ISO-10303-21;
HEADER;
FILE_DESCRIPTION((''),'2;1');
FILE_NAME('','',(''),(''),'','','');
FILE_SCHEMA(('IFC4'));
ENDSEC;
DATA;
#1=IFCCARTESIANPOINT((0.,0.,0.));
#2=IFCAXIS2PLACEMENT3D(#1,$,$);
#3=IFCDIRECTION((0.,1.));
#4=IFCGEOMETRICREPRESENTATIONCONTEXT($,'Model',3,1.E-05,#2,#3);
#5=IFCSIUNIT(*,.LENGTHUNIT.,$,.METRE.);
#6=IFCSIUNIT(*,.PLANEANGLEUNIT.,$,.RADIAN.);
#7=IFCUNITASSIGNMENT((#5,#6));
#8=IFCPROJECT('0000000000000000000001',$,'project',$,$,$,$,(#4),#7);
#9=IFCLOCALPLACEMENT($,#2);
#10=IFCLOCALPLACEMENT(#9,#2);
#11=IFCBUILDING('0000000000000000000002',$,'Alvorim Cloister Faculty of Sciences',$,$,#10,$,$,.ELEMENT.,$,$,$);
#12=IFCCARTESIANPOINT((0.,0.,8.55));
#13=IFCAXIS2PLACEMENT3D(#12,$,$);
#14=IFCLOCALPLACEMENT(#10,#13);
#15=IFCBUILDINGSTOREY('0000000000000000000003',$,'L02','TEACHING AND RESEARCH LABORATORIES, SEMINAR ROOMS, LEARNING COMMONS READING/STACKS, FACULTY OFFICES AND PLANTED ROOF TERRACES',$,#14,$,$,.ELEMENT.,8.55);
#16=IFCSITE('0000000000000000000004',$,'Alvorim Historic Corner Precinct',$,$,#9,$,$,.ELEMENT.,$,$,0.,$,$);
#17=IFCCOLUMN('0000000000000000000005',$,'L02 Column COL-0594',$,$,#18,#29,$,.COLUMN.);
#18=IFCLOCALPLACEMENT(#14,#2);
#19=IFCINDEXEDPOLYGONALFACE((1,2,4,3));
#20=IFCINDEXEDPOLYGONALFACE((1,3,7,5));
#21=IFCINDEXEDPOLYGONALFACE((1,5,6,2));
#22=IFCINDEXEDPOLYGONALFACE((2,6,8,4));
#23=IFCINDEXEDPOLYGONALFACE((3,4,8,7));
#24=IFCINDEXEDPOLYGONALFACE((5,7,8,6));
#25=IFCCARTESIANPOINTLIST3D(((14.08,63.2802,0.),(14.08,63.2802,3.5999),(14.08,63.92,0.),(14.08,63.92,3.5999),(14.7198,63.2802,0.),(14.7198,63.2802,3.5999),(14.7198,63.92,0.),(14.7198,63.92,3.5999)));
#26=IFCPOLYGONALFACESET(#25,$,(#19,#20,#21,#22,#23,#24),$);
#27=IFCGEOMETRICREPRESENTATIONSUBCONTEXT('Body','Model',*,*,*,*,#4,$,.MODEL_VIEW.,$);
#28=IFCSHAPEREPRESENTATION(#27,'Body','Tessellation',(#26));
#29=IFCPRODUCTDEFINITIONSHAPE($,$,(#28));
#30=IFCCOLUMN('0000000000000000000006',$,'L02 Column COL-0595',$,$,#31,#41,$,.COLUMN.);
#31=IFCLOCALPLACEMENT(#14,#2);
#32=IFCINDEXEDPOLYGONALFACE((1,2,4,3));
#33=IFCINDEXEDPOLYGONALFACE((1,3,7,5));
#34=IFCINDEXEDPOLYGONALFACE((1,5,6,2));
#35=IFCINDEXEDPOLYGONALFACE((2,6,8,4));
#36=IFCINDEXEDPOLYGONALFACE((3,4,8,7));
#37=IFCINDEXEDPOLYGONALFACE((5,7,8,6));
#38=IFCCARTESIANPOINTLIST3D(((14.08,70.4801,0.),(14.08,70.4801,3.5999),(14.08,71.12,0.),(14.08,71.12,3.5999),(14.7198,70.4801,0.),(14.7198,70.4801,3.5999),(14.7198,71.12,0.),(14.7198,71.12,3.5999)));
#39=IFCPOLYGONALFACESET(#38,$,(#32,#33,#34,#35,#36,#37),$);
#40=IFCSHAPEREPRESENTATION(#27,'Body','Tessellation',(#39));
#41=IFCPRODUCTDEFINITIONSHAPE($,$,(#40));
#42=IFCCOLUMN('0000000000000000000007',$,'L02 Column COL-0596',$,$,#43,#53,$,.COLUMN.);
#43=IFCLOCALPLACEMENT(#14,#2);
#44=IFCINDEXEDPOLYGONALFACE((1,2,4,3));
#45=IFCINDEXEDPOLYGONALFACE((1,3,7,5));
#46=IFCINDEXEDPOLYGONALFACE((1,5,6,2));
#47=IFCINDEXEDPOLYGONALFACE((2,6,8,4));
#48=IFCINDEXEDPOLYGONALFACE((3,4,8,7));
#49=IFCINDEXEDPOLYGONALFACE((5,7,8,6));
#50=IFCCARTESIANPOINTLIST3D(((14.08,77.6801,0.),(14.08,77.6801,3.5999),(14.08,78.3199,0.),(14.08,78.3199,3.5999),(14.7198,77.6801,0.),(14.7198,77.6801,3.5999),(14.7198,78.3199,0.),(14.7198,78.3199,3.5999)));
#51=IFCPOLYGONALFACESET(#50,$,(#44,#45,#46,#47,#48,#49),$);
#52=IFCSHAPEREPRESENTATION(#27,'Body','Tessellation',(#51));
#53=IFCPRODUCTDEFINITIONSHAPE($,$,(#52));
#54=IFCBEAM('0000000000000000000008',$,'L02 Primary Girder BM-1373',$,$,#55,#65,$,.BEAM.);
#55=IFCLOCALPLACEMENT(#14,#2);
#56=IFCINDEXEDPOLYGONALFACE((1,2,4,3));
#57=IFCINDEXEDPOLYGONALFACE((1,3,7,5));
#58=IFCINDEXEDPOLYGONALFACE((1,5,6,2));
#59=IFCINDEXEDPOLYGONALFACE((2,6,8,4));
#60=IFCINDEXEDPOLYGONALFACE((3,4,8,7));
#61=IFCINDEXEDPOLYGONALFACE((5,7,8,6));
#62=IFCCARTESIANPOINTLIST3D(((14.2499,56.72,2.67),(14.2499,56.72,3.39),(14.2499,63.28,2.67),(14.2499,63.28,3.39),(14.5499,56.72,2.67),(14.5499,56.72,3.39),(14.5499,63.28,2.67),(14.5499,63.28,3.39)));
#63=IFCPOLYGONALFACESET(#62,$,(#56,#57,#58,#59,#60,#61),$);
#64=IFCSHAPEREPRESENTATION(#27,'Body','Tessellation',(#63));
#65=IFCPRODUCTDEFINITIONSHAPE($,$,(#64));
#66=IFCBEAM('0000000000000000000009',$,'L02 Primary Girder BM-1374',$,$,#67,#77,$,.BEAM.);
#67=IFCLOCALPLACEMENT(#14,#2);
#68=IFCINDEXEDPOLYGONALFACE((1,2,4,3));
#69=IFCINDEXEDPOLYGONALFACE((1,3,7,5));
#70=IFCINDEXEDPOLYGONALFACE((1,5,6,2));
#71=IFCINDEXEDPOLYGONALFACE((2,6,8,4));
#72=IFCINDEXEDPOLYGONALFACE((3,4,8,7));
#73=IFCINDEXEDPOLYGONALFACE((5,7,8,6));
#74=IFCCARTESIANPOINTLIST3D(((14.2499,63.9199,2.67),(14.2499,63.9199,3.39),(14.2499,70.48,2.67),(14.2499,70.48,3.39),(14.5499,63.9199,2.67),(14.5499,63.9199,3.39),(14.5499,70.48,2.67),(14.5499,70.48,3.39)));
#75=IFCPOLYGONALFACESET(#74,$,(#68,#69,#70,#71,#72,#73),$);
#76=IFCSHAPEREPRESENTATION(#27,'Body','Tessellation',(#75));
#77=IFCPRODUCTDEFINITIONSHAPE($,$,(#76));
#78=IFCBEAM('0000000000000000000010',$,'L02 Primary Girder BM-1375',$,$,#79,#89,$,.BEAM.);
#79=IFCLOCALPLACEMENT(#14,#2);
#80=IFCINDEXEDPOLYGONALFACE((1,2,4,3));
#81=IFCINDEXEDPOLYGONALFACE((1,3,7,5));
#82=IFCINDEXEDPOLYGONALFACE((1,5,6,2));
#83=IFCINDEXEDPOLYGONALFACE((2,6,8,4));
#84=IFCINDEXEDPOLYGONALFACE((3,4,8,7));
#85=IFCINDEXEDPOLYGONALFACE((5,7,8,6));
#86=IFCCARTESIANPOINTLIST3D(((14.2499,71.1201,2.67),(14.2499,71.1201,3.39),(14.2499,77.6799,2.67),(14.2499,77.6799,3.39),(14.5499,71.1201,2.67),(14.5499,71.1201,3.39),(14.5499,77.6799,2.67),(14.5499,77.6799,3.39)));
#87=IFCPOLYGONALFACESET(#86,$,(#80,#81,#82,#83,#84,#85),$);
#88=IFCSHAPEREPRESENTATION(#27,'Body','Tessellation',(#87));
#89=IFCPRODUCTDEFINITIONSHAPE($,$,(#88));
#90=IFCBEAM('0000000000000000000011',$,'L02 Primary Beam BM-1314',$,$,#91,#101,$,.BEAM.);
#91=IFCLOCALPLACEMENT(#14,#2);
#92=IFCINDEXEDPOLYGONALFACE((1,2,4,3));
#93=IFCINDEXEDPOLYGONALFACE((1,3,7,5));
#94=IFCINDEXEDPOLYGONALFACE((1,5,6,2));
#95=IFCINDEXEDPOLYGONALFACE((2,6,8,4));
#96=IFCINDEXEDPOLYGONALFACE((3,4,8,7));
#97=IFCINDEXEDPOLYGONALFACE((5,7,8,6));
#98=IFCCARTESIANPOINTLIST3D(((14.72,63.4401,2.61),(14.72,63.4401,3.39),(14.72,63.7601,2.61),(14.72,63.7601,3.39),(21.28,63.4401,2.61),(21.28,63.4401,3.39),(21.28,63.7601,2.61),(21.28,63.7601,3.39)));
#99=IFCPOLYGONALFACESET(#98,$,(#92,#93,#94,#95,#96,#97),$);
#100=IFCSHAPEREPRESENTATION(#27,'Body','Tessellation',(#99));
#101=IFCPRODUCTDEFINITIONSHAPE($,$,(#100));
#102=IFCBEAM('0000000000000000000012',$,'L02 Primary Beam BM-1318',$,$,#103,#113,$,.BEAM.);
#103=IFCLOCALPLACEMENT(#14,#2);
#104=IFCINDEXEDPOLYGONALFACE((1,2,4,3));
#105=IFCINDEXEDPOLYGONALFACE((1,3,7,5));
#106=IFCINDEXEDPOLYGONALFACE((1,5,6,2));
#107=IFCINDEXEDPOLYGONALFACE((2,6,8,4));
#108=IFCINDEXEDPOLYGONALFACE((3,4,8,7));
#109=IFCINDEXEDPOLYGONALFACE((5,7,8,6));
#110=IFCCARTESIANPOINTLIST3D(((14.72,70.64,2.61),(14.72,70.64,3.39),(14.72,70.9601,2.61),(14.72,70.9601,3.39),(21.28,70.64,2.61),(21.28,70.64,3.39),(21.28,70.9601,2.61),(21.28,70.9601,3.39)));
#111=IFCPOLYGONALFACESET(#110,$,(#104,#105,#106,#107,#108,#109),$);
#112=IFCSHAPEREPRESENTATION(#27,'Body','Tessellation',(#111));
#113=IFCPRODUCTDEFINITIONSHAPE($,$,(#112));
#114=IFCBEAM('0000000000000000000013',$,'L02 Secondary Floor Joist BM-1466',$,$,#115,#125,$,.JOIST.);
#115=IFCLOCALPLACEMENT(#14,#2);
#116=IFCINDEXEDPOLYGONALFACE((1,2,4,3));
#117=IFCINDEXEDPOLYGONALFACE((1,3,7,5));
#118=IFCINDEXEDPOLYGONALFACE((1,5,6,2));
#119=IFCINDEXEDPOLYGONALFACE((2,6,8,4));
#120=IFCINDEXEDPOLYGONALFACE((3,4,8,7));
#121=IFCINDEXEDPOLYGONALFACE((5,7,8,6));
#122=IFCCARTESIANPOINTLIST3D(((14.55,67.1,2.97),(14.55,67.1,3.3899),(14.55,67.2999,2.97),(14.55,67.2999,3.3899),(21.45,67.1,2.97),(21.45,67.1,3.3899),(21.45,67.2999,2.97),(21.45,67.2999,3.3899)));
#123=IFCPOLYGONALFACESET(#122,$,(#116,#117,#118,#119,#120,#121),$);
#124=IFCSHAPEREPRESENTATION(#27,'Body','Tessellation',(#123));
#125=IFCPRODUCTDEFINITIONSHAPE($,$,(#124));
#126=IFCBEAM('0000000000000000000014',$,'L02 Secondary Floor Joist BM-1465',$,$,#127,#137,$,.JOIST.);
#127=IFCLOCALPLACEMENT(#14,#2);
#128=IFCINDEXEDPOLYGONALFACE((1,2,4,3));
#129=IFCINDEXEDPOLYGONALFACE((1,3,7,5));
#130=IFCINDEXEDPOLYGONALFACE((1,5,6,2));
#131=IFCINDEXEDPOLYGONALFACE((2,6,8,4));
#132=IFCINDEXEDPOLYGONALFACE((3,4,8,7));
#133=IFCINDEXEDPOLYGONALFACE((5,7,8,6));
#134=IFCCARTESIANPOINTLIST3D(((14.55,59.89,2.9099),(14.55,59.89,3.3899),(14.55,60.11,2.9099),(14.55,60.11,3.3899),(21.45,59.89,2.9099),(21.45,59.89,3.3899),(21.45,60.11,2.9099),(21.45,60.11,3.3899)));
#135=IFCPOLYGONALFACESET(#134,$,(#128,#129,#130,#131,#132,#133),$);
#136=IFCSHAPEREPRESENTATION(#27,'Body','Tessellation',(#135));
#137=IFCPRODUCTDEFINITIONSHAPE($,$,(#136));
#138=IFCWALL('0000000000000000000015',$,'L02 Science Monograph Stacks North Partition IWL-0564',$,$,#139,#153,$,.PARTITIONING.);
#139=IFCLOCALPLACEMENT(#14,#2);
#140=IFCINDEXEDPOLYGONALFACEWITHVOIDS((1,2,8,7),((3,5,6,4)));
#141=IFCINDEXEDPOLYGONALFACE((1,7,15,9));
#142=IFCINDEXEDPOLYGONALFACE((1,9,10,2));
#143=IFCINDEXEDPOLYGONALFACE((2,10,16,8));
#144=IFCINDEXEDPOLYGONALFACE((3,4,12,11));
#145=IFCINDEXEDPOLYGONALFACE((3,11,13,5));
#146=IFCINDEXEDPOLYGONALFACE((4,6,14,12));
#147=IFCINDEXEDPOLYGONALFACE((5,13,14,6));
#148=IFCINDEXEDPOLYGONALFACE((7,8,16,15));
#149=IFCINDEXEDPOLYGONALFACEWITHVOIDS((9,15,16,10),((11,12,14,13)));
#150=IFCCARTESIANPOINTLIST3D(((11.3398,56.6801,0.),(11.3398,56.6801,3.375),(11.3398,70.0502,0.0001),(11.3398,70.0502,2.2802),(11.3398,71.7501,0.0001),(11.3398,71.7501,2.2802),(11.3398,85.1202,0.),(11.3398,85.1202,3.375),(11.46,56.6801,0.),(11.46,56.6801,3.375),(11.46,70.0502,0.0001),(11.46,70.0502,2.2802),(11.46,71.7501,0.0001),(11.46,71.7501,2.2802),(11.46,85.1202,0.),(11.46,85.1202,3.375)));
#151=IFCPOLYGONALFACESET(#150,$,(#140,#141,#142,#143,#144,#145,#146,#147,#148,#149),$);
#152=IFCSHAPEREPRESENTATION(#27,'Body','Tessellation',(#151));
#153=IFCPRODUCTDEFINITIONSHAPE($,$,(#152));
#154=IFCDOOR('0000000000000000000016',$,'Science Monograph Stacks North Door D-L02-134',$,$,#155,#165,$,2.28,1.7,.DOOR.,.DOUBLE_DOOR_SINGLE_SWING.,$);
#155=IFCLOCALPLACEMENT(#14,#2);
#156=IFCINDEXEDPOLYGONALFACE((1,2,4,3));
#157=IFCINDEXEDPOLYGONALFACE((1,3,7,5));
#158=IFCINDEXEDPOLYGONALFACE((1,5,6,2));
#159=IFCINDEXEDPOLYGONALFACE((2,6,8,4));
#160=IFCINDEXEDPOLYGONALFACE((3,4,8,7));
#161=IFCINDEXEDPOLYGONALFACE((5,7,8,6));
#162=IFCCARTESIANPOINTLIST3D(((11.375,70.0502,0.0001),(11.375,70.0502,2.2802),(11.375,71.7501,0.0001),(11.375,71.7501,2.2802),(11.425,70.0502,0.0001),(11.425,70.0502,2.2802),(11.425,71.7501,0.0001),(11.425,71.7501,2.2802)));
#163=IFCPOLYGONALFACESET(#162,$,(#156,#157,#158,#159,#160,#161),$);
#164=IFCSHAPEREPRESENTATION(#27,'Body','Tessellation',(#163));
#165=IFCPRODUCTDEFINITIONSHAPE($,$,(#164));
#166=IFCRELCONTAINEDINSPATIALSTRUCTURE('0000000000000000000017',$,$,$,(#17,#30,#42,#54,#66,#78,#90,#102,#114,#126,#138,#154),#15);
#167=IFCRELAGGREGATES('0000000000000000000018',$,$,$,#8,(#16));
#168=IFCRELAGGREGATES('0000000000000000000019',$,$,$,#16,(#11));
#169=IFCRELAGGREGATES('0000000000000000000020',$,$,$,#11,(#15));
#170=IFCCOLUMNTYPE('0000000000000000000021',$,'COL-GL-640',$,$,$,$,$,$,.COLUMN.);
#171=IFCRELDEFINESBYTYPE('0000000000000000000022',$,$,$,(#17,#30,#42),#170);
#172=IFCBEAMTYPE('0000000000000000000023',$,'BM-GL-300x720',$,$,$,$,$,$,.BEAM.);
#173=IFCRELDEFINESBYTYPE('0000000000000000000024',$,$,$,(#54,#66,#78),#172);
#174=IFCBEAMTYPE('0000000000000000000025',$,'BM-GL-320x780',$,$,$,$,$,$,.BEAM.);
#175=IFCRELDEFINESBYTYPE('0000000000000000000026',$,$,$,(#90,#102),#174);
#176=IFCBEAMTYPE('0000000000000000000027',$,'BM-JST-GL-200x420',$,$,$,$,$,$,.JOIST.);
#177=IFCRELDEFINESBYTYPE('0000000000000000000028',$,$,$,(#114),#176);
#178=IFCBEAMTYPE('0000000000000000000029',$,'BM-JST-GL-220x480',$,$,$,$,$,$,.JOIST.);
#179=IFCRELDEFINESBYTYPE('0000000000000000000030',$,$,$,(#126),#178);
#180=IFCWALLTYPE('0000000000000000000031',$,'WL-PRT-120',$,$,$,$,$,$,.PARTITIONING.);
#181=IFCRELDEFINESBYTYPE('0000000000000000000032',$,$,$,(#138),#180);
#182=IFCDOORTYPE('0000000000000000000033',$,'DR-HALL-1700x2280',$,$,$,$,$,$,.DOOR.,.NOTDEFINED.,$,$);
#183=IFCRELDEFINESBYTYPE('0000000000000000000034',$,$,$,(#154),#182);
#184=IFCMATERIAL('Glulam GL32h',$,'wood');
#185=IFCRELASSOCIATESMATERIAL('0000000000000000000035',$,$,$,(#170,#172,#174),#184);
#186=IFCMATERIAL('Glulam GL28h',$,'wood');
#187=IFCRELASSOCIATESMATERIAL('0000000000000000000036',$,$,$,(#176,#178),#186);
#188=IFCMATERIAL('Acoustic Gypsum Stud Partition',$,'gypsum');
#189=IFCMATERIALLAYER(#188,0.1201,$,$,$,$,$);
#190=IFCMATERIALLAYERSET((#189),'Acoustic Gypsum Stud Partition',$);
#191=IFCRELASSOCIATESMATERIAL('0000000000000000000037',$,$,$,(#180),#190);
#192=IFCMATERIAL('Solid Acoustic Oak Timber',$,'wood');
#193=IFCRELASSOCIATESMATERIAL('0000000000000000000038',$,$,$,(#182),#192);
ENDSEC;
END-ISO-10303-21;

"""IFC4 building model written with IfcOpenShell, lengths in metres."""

from ifc_helpers import new_model, si_unit, direction, frame, frame_2d, origin, origin_2d, place, context, subcontext, project, spatial, rectangle, extrude, material, layer, layer_set, material_profile, profile_set, type_object, element, fill, save


model = new_model("IFC4")

# Units and contexts
model_context = context("Model", 3, precision=1e-05, world=origin(), true_north=direction((0.0, 1.0)))
body_context = subcontext(model_context, "Body", "Model", "MODEL_VIEW")
ifc_project = project(units=[si_unit("LENGTHUNIT", "METRE"), si_unit("PLANEANGLEUNIT", "RADIAN")], contexts=[model_context])

# Site, building, storey
site_placement = place(None, origin())
site = spatial("IfcSite", under=ifc_project, at=site_placement, Name="Alvorim Historic Corner Precinct", CompositionType="ELEMENT", RefElevation=0.0)
building_placement = place(site_placement, origin())
building = spatial("IfcBuilding", under=site, at=building_placement, Name="Alvorim Cloister Faculty of Sciences", CompositionType="ELEMENT")
storey_placement = place(building_placement, frame((0.0, 0.0, 8.55)))
storey = spatial("IfcBuildingStorey", under=building, at=storey_placement, Name="L02", Description="TEACHING AND RESEARCH LABORATORIES, SEMINAR ROOMS, LEARNING COMMONS READING/STACKS, FACULTY OFFICES AND PLANTED ROOF TERRACES", CompositionType="ELEMENT", Elevation=8.55)

# Columns
ifc_material_1 = material(Name="Glulam GL32h", Category="wood")
ifc_material_profile_1 = material_profile(ifc_material_1, rectangle(XDim=0.6399, YDim=0.6399, at=origin_2d()), Name="GL32-COL-640x640")
ifc_profile_set_1 = profile_set([ifc_material_profile_1], Name="Glulam GL32h")
column_type = type_object("IfcColumnType", Name="COL-GL-640", PredefinedType="COLUMN", material=ifc_profile_set_1)
for number, where, z_axis, x_axis, name in (
    (1, (14.3999, 63.6001, 0.0), (0.0, 0.0, 1.0), (1.0, 0.0, 0.0), "L02 Column COL-0594"),
    (2, (14.3999, 70.8, 0.0), (0.0, 0.0, 1.0), (1.0, 0.0, 0.0), "L02 Column COL-0595"),
    (3, (14.3999, 78.0, 0.0), (0.0, 0.0, 1.0), (1.0, 0.0, 0.0), "L02 Column COL-0596"),
):
    element("IfcColumn", number, at=place(storey_placement, frame(where, z_axis=z_axis, x_axis=x_axis)), inside=storey, type_object=column_type, Name=name, PredefinedType="COLUMN", context=body_context, shape_type="SweptSolid", body=[
        extrude(rectangle(XDim=0.6399, YDim=0.6399, at=origin_2d()), origin(), (0.0, 0.0, 1.0), 3.5999),
    ])

# Beams
ifc_material_profile_2 = material_profile(ifc_material_1, rectangle(XDim=0.3, YDim=0.72, at=origin_2d()), Name="GL32-BM-300x720")
ifc_profile_set_2 = profile_set([ifc_material_profile_2], Name="Glulam GL32h")
beam_type_1 = type_object("IfcBeamType", Name="BM-GL-300x720", PredefinedType="BEAM", material=ifc_profile_set_2)
for number, where, z_axis, x_axis, name in (
    (4, (14.3999, 56.72, 3.03), (0.0, 1.0, 0.0), (-1.0, 0.0, 0.0), "L02 Primary Girder BM-1373"),
    (5, (14.3999, 63.9199, 3.03), (0.0, 1.0, 0.0), (-1.0, 0.0, 0.0), "L02 Primary Girder BM-1374"),
):
    element("IfcBeam", number, at=place(storey_placement, frame(where, z_axis=z_axis, x_axis=x_axis)), inside=storey, type_object=beam_type_1, Name=name, PredefinedType="BEAM", context=body_context, shape_type="SweptSolid", body=[
        extrude(rectangle(XDim=0.3, YDim=0.72, at=origin_2d()), origin(), (0.0, 0.0, 1.0), 6.5601),
    ])
beam_1_placement = place(storey_placement, frame((14.3999, 71.1201, 3.03), z_axis=(0.0, 1.0, 0.0), x_axis=(-1.0, 0.0, 0.0)))
element("IfcBeam", 6, at=beam_1_placement, inside=storey, type_object=beam_type_1, Name="L02 Primary Girder BM-1375", PredefinedType="BEAM", context=body_context, shape_type="SweptSolid", body=[
    extrude(rectangle(XDim=0.3, YDim=0.72, at=origin_2d()), origin(), (0.0, 0.0, 1.0), 6.5598),
])
ifc_material_profile_3 = material_profile(ifc_material_1, rectangle(XDim=0.3201, YDim=0.78, at=origin_2d()), Name="GL32-BM-320x780")
ifc_profile_set_3 = profile_set([ifc_material_profile_3], Name="Glulam GL32h")
beam_type_2 = type_object("IfcBeamType", Name="BM-GL-320x780", PredefinedType="BEAM", material=ifc_profile_set_3)
for number, where, z_axis, x_axis, name in (
    (7, (14.72, 63.6001, 3.0), (1.0, 0.0, 0.0), (0.0, 1.0, 0.0), "L02 Primary Beam BM-1314"),
    (8, (14.72, 70.8, 3.0), (1.0, 0.0, 0.0), (0.0, 1.0, 0.0), "L02 Primary Beam BM-1318"),
):
    element("IfcBeam", number, at=place(storey_placement, frame(where, z_axis=z_axis, x_axis=x_axis)), inside=storey, type_object=beam_type_2, Name=name, PredefinedType="BEAM", context=body_context, shape_type="SweptSolid", body=[
        extrude(rectangle(XDim=0.3201, YDim=0.78, at=origin_2d()), origin(), (0.0, 0.0, 1.0), 6.5601),
    ])
ifc_material_2 = material(Name="Glulam GL28h", Category="wood")
ifc_material_profile_4 = material_profile(ifc_material_2, rectangle(XDim=0.2, YDim=0.4199, at=origin_2d()), Name="GL28-JST-200x420")
ifc_profile_set_4 = profile_set([ifc_material_profile_4], Name="Glulam GL28h")
beam_type_3 = type_object("IfcBeamType", Name="BM-JST-GL-200x420", PredefinedType="JOIST", material=ifc_profile_set_4)
beam_2_placement = place(storey_placement, frame((14.55, 67.2, 3.1799), z_axis=(1.0, 0.0, 0.0), x_axis=(0.0, 1.0, 0.0)))
element("IfcBeam", 9, at=beam_2_placement, inside=storey, type_object=beam_type_3, Name="L02 Secondary Floor Joist BM-1466", PredefinedType="JOIST", context=body_context, shape_type="SweptSolid", body=[
    extrude(rectangle(XDim=0.2, YDim=0.4199, at=origin_2d()), origin(), (0.0, 0.0, 1.0), 6.8999),
])
ifc_material_profile_5 = material_profile(ifc_material_2, rectangle(XDim=0.22, YDim=0.48, at=origin_2d()), Name="GL28-JST-220x480")
ifc_profile_set_5 = profile_set([ifc_material_profile_5], Name="Glulam GL28h")
beam_type_4 = type_object("IfcBeamType", Name="BM-JST-GL-220x480", PredefinedType="JOIST", material=ifc_profile_set_5)
beam_3_placement = place(storey_placement, frame((14.55, 60.0, 3.1499), z_axis=(1.0, 0.0, 0.0), x_axis=(0.0, 1.0, 0.0)))
element("IfcBeam", 10, at=beam_3_placement, inside=storey, type_object=beam_type_4, Name="L02 Secondary Floor Joist BM-1465", PredefinedType="JOIST", context=body_context, shape_type="SweptSolid", body=[
    extrude(rectangle(XDim=0.22, YDim=0.48, at=origin_2d()), origin(), (0.0, 0.0, 1.0), 6.8999),
])

# Wall, opening, door
ifc_material_3 = material(Name="Acoustic Gypsum Stud Partition", Category="gypsum")
ifc_layer_1 = layer(ifc_material_3, 0.1201)
ifc_layer_set_1 = layer_set([ifc_layer_1], Name="Acoustic Gypsum Stud Partition")
wall_type_1 = type_object("IfcWallType", Name="WL-PRT-120", PredefinedType="PARTITIONING", material=ifc_layer_set_1)
wall_1_placement = place(storey_placement, frame((11.3999, 56.6799, 0.0), z_axis=(0.0, 0.0, 1.0), x_axis=(0.0, 1.0, 0.0)))
wall_1 = element("IfcWall", 11, at=wall_1_placement, inside=storey, type_object=wall_type_1, Name="L02 Science Monograph Stacks North Partition IWL-0564", PredefinedType="PARTITIONING", context=body_context, shape_type="SweptSolid", body=[
    extrude(rectangle(XDim=28.4402, YDim=0.1201, at=frame_2d((14.2202, 0.0))), origin(), (0.0, 0.0, 1.0), 3.375),
])
opening_1_placement = place(wall_1_placement, frame((13.3701, 0.0, 0.0)))
opening_1 = element("IfcOpeningElement", 12, at=opening_1_placement, cuts=wall_1, PredefinedType="OPENING", context=body_context, shape_type="SweptSolid", body=[
    extrude(rectangle(XDim=1.7, YDim=2.28, at=frame_2d((0.8501, 1.1401))), frame((0.0, 0.072, 0.0), z_axis=(0.0, -1.0, 0.0), x_axis=(1.0, 0.0, 0.0)), (0.0, 0.0, 1.0), 0.144),
])
ifc_material_4 = material(Name="Solid Acoustic Oak Timber", Category="wood")
door_type_1 = type_object("IfcDoorType", Name="DR-HALL-1700x2280", OperationType="NOTDEFINED", PredefinedType="DOOR", material=ifc_material_4)
door_1_placement = place(opening_1_placement, origin())
door_1 = element("IfcDoor", 13, at=door_1_placement, inside=storey, type_object=door_type_1, Name="Science Monograph Stacks North Door D-L02-134", OperationType="DOUBLE_DOOR_SINGLE_SWING", OverallHeight=2.28, OverallWidth=1.7, PredefinedType="DOOR", context=body_context, shape_type="SweptSolid", body=[
    extrude(rectangle(XDim=1.7, YDim=2.28, at=frame_2d((0.8501, 1.1401))), frame((0.0, 0.0249, 0.0), z_axis=(0.0, -1.0, 0.0), x_axis=(1.0, 0.0, 0.0)), (0.0, 0.0, 1.0), 0.05),
])
fill(opening_1, door_1)

save(model, "model.ifc")
